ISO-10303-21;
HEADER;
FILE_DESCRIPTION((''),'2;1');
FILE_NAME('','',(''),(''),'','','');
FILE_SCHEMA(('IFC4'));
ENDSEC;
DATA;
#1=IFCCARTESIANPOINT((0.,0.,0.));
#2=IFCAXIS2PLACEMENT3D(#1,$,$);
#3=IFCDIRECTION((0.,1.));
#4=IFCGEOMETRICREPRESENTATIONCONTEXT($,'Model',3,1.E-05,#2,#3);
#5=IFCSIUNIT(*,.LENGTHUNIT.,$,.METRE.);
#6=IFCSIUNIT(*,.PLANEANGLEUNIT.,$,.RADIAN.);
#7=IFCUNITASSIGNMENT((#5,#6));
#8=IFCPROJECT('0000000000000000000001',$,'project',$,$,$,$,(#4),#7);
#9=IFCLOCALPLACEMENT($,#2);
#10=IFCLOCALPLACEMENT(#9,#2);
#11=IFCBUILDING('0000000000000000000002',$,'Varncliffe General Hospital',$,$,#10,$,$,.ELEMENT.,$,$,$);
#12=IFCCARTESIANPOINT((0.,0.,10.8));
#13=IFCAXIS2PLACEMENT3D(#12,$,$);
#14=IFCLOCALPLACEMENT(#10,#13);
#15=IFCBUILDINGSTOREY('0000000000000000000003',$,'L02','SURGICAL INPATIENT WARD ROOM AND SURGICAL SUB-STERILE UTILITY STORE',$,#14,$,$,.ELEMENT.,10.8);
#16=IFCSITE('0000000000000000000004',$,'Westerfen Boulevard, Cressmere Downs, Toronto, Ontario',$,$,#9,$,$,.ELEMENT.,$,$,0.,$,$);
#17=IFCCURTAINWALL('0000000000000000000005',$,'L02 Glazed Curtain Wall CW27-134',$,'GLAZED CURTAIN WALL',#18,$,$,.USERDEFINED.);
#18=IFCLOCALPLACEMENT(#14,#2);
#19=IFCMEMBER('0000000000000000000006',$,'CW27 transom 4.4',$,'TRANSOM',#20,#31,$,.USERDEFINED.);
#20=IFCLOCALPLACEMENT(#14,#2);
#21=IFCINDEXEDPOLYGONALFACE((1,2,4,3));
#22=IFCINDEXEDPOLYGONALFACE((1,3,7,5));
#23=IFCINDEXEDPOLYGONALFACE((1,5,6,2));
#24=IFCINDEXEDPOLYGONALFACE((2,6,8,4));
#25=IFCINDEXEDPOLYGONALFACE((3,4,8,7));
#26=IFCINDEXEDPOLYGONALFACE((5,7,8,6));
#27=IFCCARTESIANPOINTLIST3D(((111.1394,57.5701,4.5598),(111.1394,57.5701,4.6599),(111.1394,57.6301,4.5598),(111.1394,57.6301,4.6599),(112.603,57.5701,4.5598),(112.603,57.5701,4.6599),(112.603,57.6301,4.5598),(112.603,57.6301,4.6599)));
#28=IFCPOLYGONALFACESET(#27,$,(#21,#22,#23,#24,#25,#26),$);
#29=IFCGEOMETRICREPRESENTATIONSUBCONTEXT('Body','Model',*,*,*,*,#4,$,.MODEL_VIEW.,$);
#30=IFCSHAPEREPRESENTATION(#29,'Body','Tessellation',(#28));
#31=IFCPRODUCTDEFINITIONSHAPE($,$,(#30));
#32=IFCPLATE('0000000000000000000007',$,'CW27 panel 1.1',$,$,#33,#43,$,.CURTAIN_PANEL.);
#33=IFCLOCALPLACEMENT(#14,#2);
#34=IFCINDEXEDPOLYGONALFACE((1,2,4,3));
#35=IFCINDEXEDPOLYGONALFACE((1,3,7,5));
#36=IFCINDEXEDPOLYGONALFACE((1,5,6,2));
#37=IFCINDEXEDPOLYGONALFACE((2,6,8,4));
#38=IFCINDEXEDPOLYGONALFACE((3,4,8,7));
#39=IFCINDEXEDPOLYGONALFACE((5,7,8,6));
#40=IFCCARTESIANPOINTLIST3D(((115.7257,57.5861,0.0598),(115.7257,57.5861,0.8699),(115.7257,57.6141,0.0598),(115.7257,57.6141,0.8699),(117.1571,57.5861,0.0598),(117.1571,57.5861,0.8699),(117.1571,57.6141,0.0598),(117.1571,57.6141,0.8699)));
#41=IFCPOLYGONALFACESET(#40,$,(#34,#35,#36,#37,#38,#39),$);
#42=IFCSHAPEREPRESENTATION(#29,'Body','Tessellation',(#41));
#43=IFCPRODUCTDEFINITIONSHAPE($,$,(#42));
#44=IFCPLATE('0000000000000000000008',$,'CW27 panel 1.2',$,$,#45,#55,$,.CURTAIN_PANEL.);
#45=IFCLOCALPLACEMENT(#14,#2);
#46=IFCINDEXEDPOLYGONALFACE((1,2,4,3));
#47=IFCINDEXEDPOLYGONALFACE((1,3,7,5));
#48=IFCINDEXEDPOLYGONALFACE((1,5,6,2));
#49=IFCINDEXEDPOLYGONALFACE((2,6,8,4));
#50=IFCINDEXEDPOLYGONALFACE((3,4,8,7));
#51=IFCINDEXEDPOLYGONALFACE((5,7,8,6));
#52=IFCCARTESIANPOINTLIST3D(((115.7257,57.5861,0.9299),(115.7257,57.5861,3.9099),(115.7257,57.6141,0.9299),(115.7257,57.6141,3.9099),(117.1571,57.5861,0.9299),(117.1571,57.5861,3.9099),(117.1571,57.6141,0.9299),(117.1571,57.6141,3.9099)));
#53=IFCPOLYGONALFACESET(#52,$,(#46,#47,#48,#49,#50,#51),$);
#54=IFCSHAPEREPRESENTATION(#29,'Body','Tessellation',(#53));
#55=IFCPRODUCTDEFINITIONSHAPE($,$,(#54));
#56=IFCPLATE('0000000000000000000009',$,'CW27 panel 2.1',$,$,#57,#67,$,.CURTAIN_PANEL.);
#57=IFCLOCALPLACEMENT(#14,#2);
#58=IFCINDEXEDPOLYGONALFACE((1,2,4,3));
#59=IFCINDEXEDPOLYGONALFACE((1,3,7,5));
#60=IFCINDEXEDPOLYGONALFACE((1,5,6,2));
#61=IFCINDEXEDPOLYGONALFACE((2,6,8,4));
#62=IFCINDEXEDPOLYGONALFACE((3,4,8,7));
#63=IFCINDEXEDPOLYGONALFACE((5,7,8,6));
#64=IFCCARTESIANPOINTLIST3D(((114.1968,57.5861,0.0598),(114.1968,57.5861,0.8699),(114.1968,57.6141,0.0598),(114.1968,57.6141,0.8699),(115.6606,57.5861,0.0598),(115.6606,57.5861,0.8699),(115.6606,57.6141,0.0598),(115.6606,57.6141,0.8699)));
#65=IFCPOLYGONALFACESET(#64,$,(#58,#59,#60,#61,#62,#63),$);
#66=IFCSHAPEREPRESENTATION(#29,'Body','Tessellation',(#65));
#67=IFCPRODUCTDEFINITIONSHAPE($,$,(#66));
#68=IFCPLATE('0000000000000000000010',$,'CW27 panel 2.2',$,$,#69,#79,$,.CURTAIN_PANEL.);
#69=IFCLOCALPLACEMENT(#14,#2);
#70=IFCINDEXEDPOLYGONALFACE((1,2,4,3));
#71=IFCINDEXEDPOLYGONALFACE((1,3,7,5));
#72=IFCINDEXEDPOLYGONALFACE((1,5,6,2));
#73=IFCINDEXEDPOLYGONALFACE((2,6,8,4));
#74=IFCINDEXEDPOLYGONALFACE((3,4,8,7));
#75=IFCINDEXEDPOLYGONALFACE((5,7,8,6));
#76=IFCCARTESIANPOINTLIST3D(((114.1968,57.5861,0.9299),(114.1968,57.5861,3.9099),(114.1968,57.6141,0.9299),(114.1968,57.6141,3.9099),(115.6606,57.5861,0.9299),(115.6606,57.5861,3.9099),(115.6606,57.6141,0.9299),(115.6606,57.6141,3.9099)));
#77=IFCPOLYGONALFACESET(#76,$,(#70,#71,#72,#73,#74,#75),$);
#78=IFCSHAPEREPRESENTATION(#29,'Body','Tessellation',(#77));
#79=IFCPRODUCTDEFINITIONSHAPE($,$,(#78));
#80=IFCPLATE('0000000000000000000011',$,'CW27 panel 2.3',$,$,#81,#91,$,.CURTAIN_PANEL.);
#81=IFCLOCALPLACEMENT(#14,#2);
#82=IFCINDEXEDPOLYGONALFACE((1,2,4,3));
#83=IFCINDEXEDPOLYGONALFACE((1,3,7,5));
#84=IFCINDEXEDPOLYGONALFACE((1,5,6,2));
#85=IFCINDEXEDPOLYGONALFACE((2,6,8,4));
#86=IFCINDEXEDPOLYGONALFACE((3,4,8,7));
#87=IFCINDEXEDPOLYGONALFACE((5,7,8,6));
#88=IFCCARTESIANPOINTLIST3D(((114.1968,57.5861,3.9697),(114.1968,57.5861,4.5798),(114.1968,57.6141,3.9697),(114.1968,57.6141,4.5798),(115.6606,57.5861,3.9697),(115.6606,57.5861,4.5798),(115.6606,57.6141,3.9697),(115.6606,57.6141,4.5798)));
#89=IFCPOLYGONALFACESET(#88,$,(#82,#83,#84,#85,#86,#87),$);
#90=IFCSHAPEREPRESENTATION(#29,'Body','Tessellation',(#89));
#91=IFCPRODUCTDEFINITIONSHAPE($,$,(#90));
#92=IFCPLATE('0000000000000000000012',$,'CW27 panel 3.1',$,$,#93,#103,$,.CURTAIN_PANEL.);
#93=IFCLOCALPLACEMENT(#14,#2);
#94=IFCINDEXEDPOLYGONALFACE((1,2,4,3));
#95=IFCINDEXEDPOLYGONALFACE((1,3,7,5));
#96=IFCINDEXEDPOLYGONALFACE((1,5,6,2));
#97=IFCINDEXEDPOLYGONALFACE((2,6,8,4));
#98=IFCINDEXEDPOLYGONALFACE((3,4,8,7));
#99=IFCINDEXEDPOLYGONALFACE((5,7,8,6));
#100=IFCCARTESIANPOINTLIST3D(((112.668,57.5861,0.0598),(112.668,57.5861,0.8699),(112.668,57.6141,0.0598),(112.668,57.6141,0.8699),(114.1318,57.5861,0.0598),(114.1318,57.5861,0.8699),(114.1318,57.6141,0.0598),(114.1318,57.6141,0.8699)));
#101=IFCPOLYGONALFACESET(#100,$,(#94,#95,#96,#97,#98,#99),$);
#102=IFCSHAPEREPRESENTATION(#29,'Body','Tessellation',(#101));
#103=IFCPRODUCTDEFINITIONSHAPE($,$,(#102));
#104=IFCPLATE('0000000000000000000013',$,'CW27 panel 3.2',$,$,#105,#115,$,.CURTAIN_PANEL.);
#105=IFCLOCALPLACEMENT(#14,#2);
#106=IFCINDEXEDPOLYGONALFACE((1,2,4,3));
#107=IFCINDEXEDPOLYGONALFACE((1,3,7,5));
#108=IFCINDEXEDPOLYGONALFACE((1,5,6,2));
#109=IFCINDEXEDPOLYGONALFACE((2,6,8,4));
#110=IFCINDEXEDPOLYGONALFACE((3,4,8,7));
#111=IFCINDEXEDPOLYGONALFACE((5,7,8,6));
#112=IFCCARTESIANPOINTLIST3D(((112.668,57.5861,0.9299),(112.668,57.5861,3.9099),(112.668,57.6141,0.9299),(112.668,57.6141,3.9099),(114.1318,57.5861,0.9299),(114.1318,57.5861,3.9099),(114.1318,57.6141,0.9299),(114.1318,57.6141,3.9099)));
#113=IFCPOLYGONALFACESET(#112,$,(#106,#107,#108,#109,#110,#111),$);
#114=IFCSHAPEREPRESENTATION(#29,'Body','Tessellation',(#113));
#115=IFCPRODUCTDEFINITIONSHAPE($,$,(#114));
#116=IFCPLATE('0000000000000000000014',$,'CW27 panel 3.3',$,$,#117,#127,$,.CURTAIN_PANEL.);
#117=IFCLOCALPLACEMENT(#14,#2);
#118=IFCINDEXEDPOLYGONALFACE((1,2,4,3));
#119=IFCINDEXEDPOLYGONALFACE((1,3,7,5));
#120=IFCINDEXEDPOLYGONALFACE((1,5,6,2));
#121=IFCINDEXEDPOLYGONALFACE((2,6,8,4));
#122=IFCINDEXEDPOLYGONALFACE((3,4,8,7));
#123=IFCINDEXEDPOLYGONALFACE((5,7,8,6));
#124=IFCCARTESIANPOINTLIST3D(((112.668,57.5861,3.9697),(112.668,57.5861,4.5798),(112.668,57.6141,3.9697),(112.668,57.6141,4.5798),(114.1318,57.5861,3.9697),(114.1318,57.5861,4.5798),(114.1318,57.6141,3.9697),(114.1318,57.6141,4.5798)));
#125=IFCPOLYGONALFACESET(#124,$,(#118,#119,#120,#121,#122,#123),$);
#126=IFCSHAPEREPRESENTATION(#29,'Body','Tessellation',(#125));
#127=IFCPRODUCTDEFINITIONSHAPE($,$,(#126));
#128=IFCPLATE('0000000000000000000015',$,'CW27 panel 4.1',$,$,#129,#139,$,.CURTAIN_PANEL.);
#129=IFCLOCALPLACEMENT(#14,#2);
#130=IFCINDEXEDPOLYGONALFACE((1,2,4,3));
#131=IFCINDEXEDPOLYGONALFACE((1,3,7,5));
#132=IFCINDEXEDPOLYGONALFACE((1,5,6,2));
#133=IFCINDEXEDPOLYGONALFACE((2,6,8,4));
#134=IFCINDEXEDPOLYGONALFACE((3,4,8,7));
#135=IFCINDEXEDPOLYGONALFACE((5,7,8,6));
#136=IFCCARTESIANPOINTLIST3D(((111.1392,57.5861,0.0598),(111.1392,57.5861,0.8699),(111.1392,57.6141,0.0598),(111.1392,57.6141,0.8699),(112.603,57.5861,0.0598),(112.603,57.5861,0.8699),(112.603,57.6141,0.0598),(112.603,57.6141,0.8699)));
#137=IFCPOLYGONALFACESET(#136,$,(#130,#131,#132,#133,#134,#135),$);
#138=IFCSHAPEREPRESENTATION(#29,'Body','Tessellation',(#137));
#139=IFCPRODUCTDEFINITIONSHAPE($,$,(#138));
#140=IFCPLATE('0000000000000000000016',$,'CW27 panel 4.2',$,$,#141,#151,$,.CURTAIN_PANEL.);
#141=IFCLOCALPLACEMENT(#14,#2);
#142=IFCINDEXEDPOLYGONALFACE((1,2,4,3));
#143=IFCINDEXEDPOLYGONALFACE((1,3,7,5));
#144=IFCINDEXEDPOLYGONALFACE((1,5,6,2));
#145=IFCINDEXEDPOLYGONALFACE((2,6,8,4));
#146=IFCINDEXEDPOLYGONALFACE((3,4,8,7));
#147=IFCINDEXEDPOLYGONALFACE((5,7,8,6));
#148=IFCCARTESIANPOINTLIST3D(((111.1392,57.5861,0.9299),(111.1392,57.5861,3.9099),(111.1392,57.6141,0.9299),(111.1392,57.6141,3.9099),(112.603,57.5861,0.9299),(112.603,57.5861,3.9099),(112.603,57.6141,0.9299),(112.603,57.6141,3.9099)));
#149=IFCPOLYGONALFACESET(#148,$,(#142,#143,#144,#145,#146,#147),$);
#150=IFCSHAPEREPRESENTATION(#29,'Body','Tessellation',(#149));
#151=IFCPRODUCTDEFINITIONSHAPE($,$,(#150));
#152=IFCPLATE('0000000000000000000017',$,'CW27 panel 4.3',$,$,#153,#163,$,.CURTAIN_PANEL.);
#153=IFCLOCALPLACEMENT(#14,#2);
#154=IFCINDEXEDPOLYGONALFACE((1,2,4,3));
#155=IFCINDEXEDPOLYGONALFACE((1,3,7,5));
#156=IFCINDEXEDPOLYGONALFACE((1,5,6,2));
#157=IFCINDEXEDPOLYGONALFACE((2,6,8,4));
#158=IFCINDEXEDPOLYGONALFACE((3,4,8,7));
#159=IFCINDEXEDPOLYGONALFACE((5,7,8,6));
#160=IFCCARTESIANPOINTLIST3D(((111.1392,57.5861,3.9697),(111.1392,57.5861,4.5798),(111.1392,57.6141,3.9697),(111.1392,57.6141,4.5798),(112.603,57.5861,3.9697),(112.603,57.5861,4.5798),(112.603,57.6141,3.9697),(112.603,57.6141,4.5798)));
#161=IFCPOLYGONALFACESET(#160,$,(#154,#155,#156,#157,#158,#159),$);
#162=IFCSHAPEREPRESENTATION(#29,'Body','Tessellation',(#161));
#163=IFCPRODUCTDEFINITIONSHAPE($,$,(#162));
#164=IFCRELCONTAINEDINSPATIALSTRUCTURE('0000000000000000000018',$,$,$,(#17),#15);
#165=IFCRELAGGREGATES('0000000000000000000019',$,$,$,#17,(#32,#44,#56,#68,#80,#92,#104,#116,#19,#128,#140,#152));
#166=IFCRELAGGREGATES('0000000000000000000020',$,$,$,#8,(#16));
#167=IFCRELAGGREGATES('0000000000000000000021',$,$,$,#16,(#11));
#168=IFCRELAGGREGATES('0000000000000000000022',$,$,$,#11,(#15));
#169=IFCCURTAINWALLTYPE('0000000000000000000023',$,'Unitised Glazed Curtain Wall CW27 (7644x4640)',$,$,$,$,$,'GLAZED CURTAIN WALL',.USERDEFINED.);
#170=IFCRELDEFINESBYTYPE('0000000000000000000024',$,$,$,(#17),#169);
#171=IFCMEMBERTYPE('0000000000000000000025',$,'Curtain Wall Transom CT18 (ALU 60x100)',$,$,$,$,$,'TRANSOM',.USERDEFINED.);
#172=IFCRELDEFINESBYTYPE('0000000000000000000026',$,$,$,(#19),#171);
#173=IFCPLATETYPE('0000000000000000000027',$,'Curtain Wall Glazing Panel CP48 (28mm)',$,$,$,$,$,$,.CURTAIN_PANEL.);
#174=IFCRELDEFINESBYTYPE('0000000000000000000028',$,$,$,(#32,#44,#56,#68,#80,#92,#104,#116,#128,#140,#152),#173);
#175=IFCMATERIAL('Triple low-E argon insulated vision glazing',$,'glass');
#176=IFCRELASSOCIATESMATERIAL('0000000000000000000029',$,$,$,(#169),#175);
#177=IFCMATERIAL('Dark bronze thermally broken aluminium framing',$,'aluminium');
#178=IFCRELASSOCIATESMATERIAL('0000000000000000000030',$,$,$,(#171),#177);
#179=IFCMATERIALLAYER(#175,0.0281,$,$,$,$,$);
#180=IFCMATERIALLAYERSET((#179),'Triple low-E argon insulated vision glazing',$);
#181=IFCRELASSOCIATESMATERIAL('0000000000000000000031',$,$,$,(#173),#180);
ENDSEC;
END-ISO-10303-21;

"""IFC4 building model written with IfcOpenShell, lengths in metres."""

from ifc_helpers import new_model, si_unit, direction, frame, origin, origin_2d, place, context, subcontext, project, spatial, rectangle, extrude, material, layer, layer_set, material_profile, profile_set, type_object, element, aggregate, save


model = new_model("IFC4")

# Units and contexts
model_context = context("Model", 3, precision=1e-05, world=origin(), true_north=direction((0.0, 1.0)))
body_context = subcontext(model_context, "Body", "Model", "MODEL_VIEW")
ifc_project = project(units=[si_unit("LENGTHUNIT", "METRE"), si_unit("PLANEANGLEUNIT", "RADIAN")], contexts=[model_context])

# Site, building, storey
site_placement = place(None, origin())
site = spatial("IfcSite", under=ifc_project, at=site_placement, Name="Westerfen Boulevard, Cressmere Downs, Toronto, Ontario", CompositionType="ELEMENT", RefElevation=0.0)
building_placement = place(site_placement, origin())
building = spatial("IfcBuilding", under=site, at=building_placement, Name="Varncliffe General Hospital", CompositionType="ELEMENT")
storey_placement = place(building_placement, frame((0.0, 0.0, 10.8)))
storey = spatial("IfcBuildingStorey", under=building, at=storey_placement, Name="L02", Description="SURGICAL INPATIENT WARD ROOM AND SURGICAL SUB-STERILE UTILITY STORE", CompositionType="ELEMENT", Elevation=10.8)

# Curtain wall, member, plates
ifc_material_1 = material(Name="Triple low-E argon insulated vision glazing", Category="glass")
curtain_wall_type = type_object("IfcCurtainWallType", Name="Unitised Glazed Curtain Wall CW27 (7644x4640)", ElementType="GLAZED CURTAIN WALL", PredefinedType="USERDEFINED", material=ifc_material_1)
curtain_wall_placement = place(storey_placement, origin())
curtain_wall = element("IfcCurtainWall", 1, at=curtain_wall_placement, inside=storey, type_object=curtain_wall_type, Name="L02 Glazed Curtain Wall CW27-134", ObjectType="GLAZED CURTAIN WALL", PredefinedType="USERDEFINED")
ifc_material_2 = material(Name="Dark bronze thermally broken aluminium framing", Category="aluminium")
ifc_material_profile_1 = material_profile(ifc_material_2, rectangle(XDim=0.0601, YDim=0.1001, at=origin_2d()), Name="ALU 60x100")
ifc_profile_set_1 = profile_set([ifc_material_profile_1], Name="Dark bronze thermally broken aluminium framing")
member_type_1 = type_object("IfcMemberType", Name="Curtain Wall Transom CT18 (ALU 60x100)", ElementType="TRANSOM", PredefinedType="USERDEFINED", material=ifc_profile_set_1)
member_1_placement = place(storey_placement, frame((112.603, 57.6001, 4.6099), z_axis=(-1.0, 0.0, 0.0), x_axis=(0.0, -1.0, 0.0)))
member_1 = element("IfcMember", 2, at=member_1_placement, type_object=member_type_1, Name="CW27 transom 4.4", ObjectType="TRANSOM", PredefinedType="USERDEFINED", context=body_context, shape_type="SweptSolid", body=[
    extrude(rectangle(XDim=0.0601, YDim=0.1001, at=origin_2d()), origin(), (0.0, 0.0, 1.0), 1.4636),
])
ifc_layer = layer(ifc_material_1, 0.0281)
ifc_layer_set = layer_set([ifc_layer], Name="Triple low-E argon insulated vision glazing")
plate_type = type_object("IfcPlateType", Name="Curtain Wall Glazing Panel CP48 (28mm)", PredefinedType="CURTAIN_PANEL", material=ifc_layer_set)
plate_1_placement = place(storey_placement, frame((116.4414, 57.6001, 0.0598), z_axis=(0.0, 0.0, 1.0), x_axis=(-1.0, 0.0, 0.0)))
plate_1 = element("IfcPlate", 3, at=plate_1_placement, type_object=plate_type, Name="CW27 panel 1.1", PredefinedType="CURTAIN_PANEL", context=body_context, shape_type="SweptSolid", body=[
    extrude(rectangle(XDim=1.4314, YDim=0.0281, at=origin_2d()), origin(), (0.0, 0.0, 1.0), 0.8101),
])
plate_2_placement = place(storey_placement, frame((116.4414, 57.6001, 0.9299), z_axis=(0.0, 0.0, 1.0), x_axis=(-1.0, 0.0, 0.0)))
plate_2 = element("IfcPlate", 4, at=plate_2_placement, type_object=plate_type, Name="CW27 panel 1.2", PredefinedType="CURTAIN_PANEL", context=body_context, shape_type="SweptSolid", body=[
    extrude(rectangle(XDim=1.4314, YDim=0.0281, at=origin_2d()), origin(), (0.0, 0.0, 1.0), 2.98),
])
plate_3_placement = place(storey_placement, frame((114.9287, 57.6001, 0.0598), z_axis=(0.0, 0.0, 1.0), x_axis=(-1.0, 0.0, 0.0)))
plate_3 = element("IfcPlate", 5, at=plate_3_placement, type_object=plate_type, Name="CW27 panel 2.1", PredefinedType="CURTAIN_PANEL", context=body_context, shape_type="SweptSolid", body=[
    extrude(rectangle(XDim=1.4639, YDim=0.0281, at=origin_2d()), origin(), (0.0, 0.0, 1.0), 0.8101),
])
plate_4_placement = place(storey_placement, frame((114.9287, 57.6001, 0.9299), z_axis=(0.0, 0.0, 1.0), x_axis=(-1.0, 0.0, 0.0)))
plate_4 = element("IfcPlate", 6, at=plate_4_placement, type_object=plate_type, Name="CW27 panel 2.2", PredefinedType="CURTAIN_PANEL", context=body_context, shape_type="SweptSolid", body=[
    extrude(rectangle(XDim=1.4639, YDim=0.0281, at=origin_2d()), origin(), (0.0, 0.0, 1.0), 2.98),
])
plate_5_placement = place(storey_placement, frame((114.9287, 57.6001, 3.9697), z_axis=(0.0, 0.0, 1.0), x_axis=(-1.0, 0.0, 0.0)))
plate_5 = element("IfcPlate", 7, at=plate_5_placement, type_object=plate_type, Name="CW27 panel 2.3", PredefinedType="CURTAIN_PANEL", context=body_context, shape_type="SweptSolid", body=[
    extrude(rectangle(XDim=1.4639, YDim=0.0281, at=origin_2d()), origin(), (0.0, 0.0, 1.0), 0.6101),
])
plate_6_placement = place(storey_placement, frame((113.3999, 57.6001, 0.0598), z_axis=(0.0, 0.0, 1.0), x_axis=(-1.0, 0.0, 0.0)))
plate_6 = element("IfcPlate", 8, at=plate_6_placement, type_object=plate_type, Name="CW27 panel 3.1", PredefinedType="CURTAIN_PANEL", context=body_context, shape_type="SweptSolid", body=[
    extrude(rectangle(XDim=1.4639, YDim=0.0281, at=origin_2d()), origin(), (0.0, 0.0, 1.0), 0.8101),
])
plate_7_placement = place(storey_placement, frame((113.3999, 57.6001, 0.9299), z_axis=(0.0, 0.0, 1.0), x_axis=(-1.0, 0.0, 0.0)))
plate_7 = element("IfcPlate", 9, at=plate_7_placement, type_object=plate_type, Name="CW27 panel 3.2", PredefinedType="CURTAIN_PANEL", context=body_context, shape_type="SweptSolid", body=[
    extrude(rectangle(XDim=1.4639, YDim=0.0281, at=origin_2d()), origin(), (0.0, 0.0, 1.0), 2.98),
])
plate_8_placement = place(storey_placement, frame((113.3999, 57.6001, 3.9697), z_axis=(0.0, 0.0, 1.0), x_axis=(-1.0, 0.0, 0.0)))
plate_8 = element("IfcPlate", 10, at=plate_8_placement, type_object=plate_type, Name="CW27 panel 3.3", PredefinedType="CURTAIN_PANEL", context=body_context, shape_type="SweptSolid", body=[
    extrude(rectangle(XDim=1.4639, YDim=0.0281, at=origin_2d()), origin(), (0.0, 0.0, 1.0), 0.6101),
])
plate_9_placement = place(storey_placement, frame((111.8711, 57.6001, 0.0598), z_axis=(0.0, 0.0, 1.0), x_axis=(-1.0, 0.0, 0.0)))
plate_9 = element("IfcPlate", 11, at=plate_9_placement, type_object=plate_type, Name="CW27 panel 4.1", PredefinedType="CURTAIN_PANEL", context=body_context, shape_type="SweptSolid", body=[
    extrude(rectangle(XDim=1.4639, YDim=0.0281, at=origin_2d()), origin(), (0.0, 0.0, 1.0), 0.8101),
])
plate_10_placement = place(storey_placement, frame((111.8711, 57.6001, 0.9299), z_axis=(0.0, 0.0, 1.0), x_axis=(-1.0, 0.0, 0.0)))
plate_10 = element("IfcPlate", 12, at=plate_10_placement, type_object=plate_type, Name="CW27 panel 4.2", PredefinedType="CURTAIN_PANEL", context=body_context, shape_type="SweptSolid", body=[
    extrude(rectangle(XDim=1.4639, YDim=0.0281, at=origin_2d()), origin(), (0.0, 0.0, 1.0), 2.98),
])
plate_11_placement = place(storey_placement, frame((111.8711, 57.6001, 3.9697), z_axis=(0.0, 0.0, 1.0), x_axis=(-1.0, 0.0, 0.0)))
plate_11 = element("IfcPlate", 13, at=plate_11_placement, type_object=plate_type, Name="CW27 panel 4.3", PredefinedType="CURTAIN_PANEL", context=body_context, shape_type="SweptSolid", body=[
    extrude(rectangle(XDim=1.4639, YDim=0.0281, at=origin_2d()), origin(), (0.0, 0.0, 1.0), 0.6101),
])
aggregate(curtain_wall, [plate_1, plate_2, plate_3, plate_4, plate_5, plate_6, plate_7, plate_8, member_1, plate_9, plate_10, plate_11])

save(model, "model.ifc")
